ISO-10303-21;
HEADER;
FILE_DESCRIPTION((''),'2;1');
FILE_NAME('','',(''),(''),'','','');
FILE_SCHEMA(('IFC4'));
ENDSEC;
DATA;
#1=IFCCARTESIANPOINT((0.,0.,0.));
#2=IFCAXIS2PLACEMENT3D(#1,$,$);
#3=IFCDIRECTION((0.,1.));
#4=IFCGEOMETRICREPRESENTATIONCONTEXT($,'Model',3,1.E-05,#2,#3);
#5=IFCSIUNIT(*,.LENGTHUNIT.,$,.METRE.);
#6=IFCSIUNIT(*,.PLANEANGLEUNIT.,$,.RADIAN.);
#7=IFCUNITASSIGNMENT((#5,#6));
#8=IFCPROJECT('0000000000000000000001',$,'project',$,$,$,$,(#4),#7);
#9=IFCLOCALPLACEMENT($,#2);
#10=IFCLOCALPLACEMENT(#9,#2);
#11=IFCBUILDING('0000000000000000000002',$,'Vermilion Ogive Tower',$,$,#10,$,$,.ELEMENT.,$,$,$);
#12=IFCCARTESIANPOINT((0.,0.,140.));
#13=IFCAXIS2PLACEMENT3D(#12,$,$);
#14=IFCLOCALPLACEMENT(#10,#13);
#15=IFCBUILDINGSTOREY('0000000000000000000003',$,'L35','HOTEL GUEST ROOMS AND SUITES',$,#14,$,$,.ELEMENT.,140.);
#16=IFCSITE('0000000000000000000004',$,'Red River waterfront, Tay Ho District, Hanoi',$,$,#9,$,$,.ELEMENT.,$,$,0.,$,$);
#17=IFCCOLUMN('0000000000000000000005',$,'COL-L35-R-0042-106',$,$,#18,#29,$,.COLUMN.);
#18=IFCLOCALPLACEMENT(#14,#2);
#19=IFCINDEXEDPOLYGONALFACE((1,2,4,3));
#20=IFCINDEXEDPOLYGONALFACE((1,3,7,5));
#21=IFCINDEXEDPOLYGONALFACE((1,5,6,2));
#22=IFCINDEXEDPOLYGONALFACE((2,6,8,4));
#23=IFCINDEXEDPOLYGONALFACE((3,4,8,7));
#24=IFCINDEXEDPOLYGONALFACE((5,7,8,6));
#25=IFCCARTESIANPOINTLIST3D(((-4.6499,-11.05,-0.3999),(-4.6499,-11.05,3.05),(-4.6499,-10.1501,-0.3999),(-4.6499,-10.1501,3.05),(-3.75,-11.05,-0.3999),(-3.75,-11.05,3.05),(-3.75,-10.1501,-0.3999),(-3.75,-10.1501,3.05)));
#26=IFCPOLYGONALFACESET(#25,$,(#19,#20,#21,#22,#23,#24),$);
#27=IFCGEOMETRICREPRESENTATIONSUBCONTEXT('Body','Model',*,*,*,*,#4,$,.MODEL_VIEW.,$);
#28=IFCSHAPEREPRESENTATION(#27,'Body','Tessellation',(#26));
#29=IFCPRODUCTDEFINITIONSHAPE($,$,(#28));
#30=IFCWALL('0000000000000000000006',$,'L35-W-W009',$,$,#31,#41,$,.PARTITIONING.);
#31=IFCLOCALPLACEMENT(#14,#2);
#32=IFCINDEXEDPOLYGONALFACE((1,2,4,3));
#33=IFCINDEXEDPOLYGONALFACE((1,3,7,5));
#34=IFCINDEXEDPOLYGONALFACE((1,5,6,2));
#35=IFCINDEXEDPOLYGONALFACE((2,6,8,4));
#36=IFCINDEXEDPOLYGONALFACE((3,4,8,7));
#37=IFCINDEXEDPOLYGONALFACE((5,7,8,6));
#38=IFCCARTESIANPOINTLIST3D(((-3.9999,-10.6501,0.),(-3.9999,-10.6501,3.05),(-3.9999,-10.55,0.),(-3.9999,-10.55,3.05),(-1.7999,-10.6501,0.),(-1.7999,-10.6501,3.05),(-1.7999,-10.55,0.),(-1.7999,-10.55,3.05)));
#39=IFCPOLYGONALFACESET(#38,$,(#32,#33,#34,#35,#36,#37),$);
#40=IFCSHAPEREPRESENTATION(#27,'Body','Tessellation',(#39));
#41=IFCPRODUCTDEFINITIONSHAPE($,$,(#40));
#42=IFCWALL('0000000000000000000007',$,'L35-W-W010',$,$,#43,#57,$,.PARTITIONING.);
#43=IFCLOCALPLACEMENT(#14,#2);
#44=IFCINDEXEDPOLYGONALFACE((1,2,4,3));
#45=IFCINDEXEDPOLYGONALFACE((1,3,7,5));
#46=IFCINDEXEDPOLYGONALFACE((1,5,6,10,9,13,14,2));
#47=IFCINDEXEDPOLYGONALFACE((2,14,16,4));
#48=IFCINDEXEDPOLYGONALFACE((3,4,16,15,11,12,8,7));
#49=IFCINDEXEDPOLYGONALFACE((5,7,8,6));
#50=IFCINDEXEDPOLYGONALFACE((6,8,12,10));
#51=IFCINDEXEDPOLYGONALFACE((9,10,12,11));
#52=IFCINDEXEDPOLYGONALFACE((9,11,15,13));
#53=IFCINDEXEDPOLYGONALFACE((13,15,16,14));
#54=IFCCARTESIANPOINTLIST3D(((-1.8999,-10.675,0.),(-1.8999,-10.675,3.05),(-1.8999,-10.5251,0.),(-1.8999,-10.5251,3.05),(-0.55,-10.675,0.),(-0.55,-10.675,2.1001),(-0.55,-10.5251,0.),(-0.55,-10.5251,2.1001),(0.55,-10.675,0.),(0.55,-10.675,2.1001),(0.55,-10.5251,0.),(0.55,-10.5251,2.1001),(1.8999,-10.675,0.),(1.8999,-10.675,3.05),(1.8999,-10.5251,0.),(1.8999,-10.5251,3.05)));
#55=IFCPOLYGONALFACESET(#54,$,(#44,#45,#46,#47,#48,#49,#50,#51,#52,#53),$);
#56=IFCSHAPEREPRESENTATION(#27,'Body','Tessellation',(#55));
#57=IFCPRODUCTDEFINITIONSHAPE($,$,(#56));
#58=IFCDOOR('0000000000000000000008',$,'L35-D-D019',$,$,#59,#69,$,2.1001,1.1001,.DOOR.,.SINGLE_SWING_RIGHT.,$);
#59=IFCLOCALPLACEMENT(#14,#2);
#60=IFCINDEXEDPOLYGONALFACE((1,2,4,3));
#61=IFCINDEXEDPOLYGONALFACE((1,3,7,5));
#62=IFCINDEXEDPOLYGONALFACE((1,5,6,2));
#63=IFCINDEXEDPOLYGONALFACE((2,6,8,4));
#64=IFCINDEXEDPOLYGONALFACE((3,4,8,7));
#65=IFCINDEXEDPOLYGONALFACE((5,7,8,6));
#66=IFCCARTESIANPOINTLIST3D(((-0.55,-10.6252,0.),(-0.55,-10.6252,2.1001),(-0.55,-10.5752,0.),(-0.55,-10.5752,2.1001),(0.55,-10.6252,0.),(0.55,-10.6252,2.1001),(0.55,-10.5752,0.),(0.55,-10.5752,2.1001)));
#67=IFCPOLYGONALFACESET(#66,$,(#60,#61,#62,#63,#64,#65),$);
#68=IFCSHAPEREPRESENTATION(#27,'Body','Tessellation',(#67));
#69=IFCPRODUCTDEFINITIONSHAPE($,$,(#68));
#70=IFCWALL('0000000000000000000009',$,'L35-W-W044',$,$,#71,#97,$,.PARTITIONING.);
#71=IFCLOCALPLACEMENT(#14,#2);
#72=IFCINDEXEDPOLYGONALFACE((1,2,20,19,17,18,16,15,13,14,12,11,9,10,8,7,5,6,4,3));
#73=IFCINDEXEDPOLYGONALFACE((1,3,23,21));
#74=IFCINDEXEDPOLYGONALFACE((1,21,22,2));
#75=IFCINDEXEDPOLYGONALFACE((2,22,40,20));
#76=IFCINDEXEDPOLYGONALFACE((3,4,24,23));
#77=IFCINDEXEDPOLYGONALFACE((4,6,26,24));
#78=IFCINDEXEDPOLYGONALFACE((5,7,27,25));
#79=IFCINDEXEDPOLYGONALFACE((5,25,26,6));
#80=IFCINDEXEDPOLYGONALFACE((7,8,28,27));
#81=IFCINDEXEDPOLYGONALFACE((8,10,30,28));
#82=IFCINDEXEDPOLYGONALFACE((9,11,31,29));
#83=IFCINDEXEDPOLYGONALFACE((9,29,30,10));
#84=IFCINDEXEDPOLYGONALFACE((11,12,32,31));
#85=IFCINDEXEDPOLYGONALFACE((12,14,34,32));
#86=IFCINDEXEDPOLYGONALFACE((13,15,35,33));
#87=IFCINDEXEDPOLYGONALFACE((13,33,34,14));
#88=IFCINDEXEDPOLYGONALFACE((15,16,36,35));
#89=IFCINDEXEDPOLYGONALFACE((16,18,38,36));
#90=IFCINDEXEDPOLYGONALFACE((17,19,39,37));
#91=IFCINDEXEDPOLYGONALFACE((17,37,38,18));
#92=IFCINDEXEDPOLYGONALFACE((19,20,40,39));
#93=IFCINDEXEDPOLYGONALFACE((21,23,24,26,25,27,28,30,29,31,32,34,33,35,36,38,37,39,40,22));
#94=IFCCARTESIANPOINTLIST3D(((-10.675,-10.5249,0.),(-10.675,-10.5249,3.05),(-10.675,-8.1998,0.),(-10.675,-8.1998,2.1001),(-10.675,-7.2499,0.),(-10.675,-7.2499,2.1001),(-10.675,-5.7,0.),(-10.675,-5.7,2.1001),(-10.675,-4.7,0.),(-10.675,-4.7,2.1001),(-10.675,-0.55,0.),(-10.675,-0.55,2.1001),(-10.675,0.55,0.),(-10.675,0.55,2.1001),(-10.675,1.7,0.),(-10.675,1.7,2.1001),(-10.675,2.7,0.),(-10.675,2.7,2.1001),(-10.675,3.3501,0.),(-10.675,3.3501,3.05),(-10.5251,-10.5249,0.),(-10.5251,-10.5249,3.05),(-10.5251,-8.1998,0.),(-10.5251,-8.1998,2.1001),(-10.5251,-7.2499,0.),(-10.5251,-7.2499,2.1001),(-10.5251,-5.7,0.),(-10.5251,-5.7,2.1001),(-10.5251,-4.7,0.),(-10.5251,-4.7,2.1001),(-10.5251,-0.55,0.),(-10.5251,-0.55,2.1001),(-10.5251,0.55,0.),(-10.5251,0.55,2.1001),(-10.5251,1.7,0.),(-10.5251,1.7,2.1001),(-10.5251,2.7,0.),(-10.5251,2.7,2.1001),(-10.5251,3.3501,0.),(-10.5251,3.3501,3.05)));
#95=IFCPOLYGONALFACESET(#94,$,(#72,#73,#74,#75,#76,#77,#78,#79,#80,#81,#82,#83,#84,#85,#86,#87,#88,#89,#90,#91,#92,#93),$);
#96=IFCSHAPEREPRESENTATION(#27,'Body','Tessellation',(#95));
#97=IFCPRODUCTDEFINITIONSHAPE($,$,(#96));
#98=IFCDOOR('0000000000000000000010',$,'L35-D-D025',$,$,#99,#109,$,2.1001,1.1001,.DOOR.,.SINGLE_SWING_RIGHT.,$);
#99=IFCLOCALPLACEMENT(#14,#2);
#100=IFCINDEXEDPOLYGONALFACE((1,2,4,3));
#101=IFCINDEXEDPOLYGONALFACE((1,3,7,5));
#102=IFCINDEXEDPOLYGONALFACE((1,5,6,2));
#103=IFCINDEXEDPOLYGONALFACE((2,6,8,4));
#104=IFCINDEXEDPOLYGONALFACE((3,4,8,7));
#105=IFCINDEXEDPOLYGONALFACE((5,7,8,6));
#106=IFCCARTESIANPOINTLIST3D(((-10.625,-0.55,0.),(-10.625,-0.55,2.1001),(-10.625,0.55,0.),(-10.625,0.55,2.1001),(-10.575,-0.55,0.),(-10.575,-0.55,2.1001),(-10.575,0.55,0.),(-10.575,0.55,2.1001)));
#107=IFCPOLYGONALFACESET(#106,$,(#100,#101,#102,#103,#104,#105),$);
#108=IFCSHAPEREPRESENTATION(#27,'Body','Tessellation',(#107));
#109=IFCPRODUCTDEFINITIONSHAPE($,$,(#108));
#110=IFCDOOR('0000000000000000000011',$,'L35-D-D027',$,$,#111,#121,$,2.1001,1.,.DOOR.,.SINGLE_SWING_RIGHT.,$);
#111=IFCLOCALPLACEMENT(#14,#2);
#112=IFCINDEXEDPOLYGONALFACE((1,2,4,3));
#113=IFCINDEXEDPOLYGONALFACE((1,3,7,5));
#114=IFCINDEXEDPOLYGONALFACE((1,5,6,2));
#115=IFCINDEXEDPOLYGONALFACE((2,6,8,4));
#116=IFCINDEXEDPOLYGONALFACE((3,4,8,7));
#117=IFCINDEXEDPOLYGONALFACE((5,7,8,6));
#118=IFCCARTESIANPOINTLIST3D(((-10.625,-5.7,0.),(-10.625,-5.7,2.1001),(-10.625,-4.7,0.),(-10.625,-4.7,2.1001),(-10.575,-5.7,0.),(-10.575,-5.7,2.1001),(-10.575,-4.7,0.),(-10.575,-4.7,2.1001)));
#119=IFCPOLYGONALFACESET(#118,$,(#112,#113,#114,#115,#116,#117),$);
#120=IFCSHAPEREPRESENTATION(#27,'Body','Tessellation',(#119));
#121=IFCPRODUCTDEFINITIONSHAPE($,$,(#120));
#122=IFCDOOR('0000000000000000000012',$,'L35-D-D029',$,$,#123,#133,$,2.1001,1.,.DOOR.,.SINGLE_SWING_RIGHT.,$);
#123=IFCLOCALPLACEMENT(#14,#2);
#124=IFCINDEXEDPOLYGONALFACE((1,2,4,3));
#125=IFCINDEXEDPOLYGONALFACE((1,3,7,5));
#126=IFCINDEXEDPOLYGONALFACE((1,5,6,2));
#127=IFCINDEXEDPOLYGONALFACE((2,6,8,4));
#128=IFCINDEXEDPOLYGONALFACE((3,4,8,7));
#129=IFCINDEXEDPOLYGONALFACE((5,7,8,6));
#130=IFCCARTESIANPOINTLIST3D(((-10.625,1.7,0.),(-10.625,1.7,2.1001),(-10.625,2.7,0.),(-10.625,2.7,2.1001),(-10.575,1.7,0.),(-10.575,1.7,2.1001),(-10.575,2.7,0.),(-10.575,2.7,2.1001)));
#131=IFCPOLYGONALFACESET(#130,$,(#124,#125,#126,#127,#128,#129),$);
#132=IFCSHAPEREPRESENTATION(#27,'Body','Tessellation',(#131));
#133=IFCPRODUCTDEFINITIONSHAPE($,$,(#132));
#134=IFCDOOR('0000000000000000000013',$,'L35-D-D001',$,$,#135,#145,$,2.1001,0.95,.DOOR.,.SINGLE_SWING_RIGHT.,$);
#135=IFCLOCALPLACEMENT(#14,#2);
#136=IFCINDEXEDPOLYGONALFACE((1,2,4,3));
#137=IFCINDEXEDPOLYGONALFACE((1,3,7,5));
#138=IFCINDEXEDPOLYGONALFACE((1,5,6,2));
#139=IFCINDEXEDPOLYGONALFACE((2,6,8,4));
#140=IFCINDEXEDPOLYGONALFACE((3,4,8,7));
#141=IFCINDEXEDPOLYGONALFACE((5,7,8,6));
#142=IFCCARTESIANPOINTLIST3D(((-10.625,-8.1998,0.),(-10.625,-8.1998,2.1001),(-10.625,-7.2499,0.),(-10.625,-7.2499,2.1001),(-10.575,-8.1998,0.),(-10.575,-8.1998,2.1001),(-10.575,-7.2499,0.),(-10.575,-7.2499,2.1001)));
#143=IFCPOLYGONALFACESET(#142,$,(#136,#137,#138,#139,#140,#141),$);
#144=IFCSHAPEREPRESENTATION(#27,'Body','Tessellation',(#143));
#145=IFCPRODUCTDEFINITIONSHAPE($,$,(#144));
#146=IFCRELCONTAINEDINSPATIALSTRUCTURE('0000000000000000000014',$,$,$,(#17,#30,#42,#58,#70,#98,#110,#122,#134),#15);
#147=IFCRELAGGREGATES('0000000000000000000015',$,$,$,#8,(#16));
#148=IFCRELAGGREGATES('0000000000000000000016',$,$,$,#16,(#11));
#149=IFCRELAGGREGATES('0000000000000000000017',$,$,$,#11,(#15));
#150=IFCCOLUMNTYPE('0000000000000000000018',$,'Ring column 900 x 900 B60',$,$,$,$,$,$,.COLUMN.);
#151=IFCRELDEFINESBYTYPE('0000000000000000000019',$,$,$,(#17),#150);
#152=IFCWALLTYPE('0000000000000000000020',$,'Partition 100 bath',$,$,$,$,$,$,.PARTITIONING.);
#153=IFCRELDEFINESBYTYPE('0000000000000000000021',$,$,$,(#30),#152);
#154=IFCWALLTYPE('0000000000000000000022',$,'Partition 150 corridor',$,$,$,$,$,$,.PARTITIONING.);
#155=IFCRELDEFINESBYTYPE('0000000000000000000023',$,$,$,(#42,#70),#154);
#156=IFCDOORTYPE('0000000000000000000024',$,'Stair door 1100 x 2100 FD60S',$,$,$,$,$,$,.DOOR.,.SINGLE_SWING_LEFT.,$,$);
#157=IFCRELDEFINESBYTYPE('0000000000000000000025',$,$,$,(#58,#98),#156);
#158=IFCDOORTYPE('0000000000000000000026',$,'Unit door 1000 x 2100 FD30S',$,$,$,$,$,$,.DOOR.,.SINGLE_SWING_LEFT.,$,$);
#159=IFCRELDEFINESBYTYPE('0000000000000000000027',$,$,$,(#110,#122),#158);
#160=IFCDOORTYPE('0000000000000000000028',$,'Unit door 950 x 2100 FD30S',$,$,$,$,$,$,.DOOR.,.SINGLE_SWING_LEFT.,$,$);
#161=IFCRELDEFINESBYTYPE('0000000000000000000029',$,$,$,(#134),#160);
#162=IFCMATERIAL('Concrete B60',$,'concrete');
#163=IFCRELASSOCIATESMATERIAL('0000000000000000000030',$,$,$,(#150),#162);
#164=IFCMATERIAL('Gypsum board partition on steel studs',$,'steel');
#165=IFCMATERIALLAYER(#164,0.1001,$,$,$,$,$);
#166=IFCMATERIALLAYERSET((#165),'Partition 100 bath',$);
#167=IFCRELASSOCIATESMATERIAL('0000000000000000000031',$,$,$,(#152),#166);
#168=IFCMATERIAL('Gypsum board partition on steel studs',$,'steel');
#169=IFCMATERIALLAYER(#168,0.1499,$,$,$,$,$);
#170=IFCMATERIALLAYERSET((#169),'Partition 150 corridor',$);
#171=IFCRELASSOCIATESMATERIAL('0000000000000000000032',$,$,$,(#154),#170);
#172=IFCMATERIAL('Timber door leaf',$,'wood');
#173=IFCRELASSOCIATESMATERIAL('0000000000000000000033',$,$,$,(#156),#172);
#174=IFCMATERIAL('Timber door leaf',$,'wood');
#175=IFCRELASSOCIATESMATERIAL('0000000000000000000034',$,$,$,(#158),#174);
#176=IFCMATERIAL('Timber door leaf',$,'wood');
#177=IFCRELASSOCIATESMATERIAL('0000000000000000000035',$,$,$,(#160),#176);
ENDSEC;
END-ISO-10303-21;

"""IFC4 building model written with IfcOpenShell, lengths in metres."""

from ifc_helpers import new_model, si_unit, direction, frame, frame_2d, origin, origin_2d, place, context, subcontext, project, spatial, rectangle, extrude, material, layer, layer_set, material_profile, profile_set, type_object, element, fill, save


model = new_model("IFC4")

# Units and contexts
model_context = context("Model", 3, precision=1e-05, world=origin(), true_north=direction((0.0, 1.0)))
body_context = subcontext(model_context, "Body", "Model", "MODEL_VIEW")
ifc_project = project(units=[si_unit("LENGTHUNIT", "METRE"), si_unit("PLANEANGLEUNIT", "RADIAN")], contexts=[model_context])

# Site, building, storey
site_placement = place(None, origin())
site = spatial("IfcSite", under=ifc_project, at=site_placement, Name="Red River waterfront, Tay Ho District, Hanoi", CompositionType="ELEMENT", RefElevation=0.0)
building_placement = place(site_placement, origin())
building = spatial("IfcBuilding", under=site, at=building_placement, Name="Vermilion Ogive Tower", CompositionType="ELEMENT")
storey_placement = place(building_placement, frame((0.0, 0.0, 140.0)))
storey = spatial("IfcBuildingStorey", under=building, at=storey_placement, Name="L35", Description="HOTEL GUEST ROOMS AND SUITES", CompositionType="ELEMENT", Elevation=140.0)

# Column
ifc_material_1 = material(Name="Concrete B60", Category="concrete")
ifc_material_profile = material_profile(ifc_material_1, rectangle(XDim=0.8999, YDim=0.8999, at=origin_2d()), Name="900 x 900")
ifc_profile_set = profile_set([ifc_material_profile], Name="Concrete B60")
column_type = type_object("IfcColumnType", Name="Ring column 900 x 900 B60", PredefinedType="COLUMN", material=ifc_profile_set)
column_placement = place(storey_placement, frame((-4.2, -10.6001, -0.3999), z_axis=(0.0, 0.0, 1.0), x_axis=(1.0, 0.0, 0.0)))
element("IfcColumn", 1, at=column_placement, inside=storey, type_object=column_type, Name="COL-L35-R-0042-106", PredefinedType="COLUMN", context=body_context, shape_type="SweptSolid", body=[
    extrude(rectangle(XDim=0.8999, YDim=0.8999, at=origin_2d()), origin(), (0.0, 0.0, 1.0), 3.45),
])

# Wall
ifc_material_2 = material(Name="Gypsum board partition on steel studs", Category="steel")
ifc_layer_1 = layer(ifc_material_2, 0.1001)
ifc_layer_set_1 = layer_set([ifc_layer_1], Name="Partition 100 bath")
wall_type_1 = type_object("IfcWallType", Name="Partition 100 bath", PredefinedType="PARTITIONING", material=ifc_layer_set_1)
wall_1_placement = place(storey_placement, frame((-4.0, -10.6001, 0.0), z_axis=(0.0, 0.0, 1.0), x_axis=(1.0, 0.0, 0.0)))
element("IfcWall", 2, at=wall_1_placement, inside=storey, type_object=wall_type_1, Name="L35-W-W009", PredefinedType="PARTITIONING", context=body_context, shape_type="SweptSolid", body=[
    extrude(rectangle(XDim=2.2, YDim=0.1001, at=frame_2d((1.1001, 0.0))), origin(), (0.0, 0.0, 1.0), 3.05),
])

# Wall, opening, door
ifc_material_3 = material(Name="Gypsum board partition on steel studs", Category="steel")
ifc_layer_2 = layer(ifc_material_3, 0.1499)
ifc_layer_set_2 = layer_set([ifc_layer_2], Name="Partition 150 corridor")
wall_type_2 = type_object("IfcWallType", Name="Partition 150 corridor", PredefinedType="PARTITIONING", material=ifc_layer_set_2)
wall_2_placement = place(storey_placement, frame((-1.8999, -10.6001, 0.0), z_axis=(0.0, 0.0, 1.0), x_axis=(1.0, 0.0, 0.0)))
wall_2 = element("IfcWall", 3, at=wall_2_placement, inside=storey, type_object=wall_type_2, Name="L35-W-W010", PredefinedType="PARTITIONING", context=body_context, shape_type="SweptSolid", body=[
    extrude(rectangle(XDim=3.7998, YDim=0.1499, at=frame_2d((1.8999, 0.0))), origin(), (0.0, 0.0, 1.0), 3.05),
])
opening_1_placement = place(wall_2_placement, frame((1.3499, 0.0, 0.0)))
opening_1 = element("IfcOpeningElement", 4, at=opening_1_placement, cuts=wall_2, PredefinedType="OPENING", context=body_context, shape_type="SweptSolid", body=[
    extrude(rectangle(XDim=1.1001, YDim=2.1001, at=frame_2d((0.55, 1.05))), frame((0.0, 0.085, 0.0), z_axis=(0.0, -1.0, 0.0), x_axis=(1.0, 0.0, 0.0)), (0.0, 0.0, 1.0), 0.1699),
])
ifc_material_4 = material(Name="Timber door leaf", Category="wood")
door_type_1 = type_object("IfcDoorType", Name="Stair door 1100 x 2100 FD60S", OperationType="SINGLE_SWING_LEFT", PredefinedType="DOOR", material=ifc_material_4)
door_1_placement = place(opening_1_placement, origin())
door_1 = element("IfcDoor", 5, at=door_1_placement, inside=storey, type_object=door_type_1, Name="L35-D-D019", OperationType="SINGLE_SWING_RIGHT", OverallHeight=2.1001, OverallWidth=1.1001, PredefinedType="DOOR", context=body_context, shape_type="SweptSolid", body=[
    extrude(rectangle(XDim=1.1001, YDim=2.1001, at=frame_2d((0.55, 1.05))), frame((0.0, 0.0249, 0.0), z_axis=(0.0, -1.0, 0.0), x_axis=(1.0, 0.0, 0.0)), (0.0, 0.0, 1.0), 0.05),
])
fill(opening_1, door_1)

# Wall, openings, doors
wall_3_placement = place(storey_placement, frame((-10.6001, -10.5249, 0.0), z_axis=(0.0, 0.0, 1.0), x_axis=(0.0, 1.0, 0.0)))
wall_3 = element("IfcWall", 6, at=wall_3_placement, inside=storey, type_object=wall_type_2, Name="L35-W-W044", PredefinedType="PARTITIONING", context=body_context, shape_type="SweptSolid", body=[
    extrude(rectangle(XDim=13.875, YDim=0.1499, at=frame_2d((6.9375, 0.0))), origin(), (0.0, 0.0, 1.0), 3.05),
])
opening_2_placement = place(wall_3_placement, frame((2.325, 0.0, 0.0)))
opening_2 = element("IfcOpeningElement", 7, at=opening_2_placement, cuts=wall_3, PredefinedType="OPENING", context=body_context, shape_type="SweptSolid", body=[
    extrude(rectangle(XDim=0.95, YDim=2.1001, at=frame_2d((0.4751, 1.05))), frame((0.0, 0.085, 0.0), z_axis=(0.0, -1.0, 0.0), x_axis=(1.0, 0.0, 0.0)), (0.0, 0.0, 1.0), 0.1699),
])
opening_3_placement = place(wall_3_placement, frame((9.9749, 0.0, 0.0)))
opening_3 = element("IfcOpeningElement", 8, at=opening_3_placement, cuts=wall_3, PredefinedType="OPENING", context=body_context, shape_type="SweptSolid", body=[
    extrude(rectangle(XDim=1.1001, YDim=2.1001, at=frame_2d((0.55, 1.05))), frame((0.0, 0.085, 0.0), z_axis=(0.0, -1.0, 0.0), x_axis=(1.0, 0.0, 0.0)), (0.0, 0.0, 1.0), 0.1699),
])
opening_4_placement = place(wall_3_placement, frame((4.825, 0.0, 0.0)))
opening_4 = element("IfcOpeningElement", 9, at=opening_4_placement, cuts=wall_3, PredefinedType="OPENING", context=body_context, shape_type="SweptSolid", body=[
    extrude(rectangle(XDim=1.0, YDim=2.1001, at=frame_2d((0.5, 1.05))), frame((0.0, 0.085, 0.0), z_axis=(0.0, -1.0, 0.0), x_axis=(1.0, 0.0, 0.0)), (0.0, 0.0, 1.0), 0.1699),
])
opening_5_placement = place(wall_3_placement, frame((12.2249, 0.0, 0.0)))
opening_5 = element("IfcOpeningElement", 10, at=opening_5_placement, cuts=wall_3, PredefinedType="OPENING", context=body_context, shape_type="SweptSolid", body=[
    extrude(rectangle(XDim=1.0, YDim=2.1001, at=frame_2d((0.5, 1.05))), frame((0.0, 0.085, 0.0), z_axis=(0.0, -1.0, 0.0), x_axis=(1.0, 0.0, 0.0)), (0.0, 0.0, 1.0), 0.1699),
])
door_2_placement = place(opening_3_placement, origin())
door_2 = element("IfcDoor", 11, at=door_2_placement, inside=storey, type_object=door_type_1, Name="L35-D-D025", OperationType="SINGLE_SWING_RIGHT", OverallHeight=2.1001, OverallWidth=1.1001, PredefinedType="DOOR", context=body_context, shape_type="SweptSolid", body=[
    extrude(rectangle(XDim=1.1001, YDim=2.1001, at=frame_2d((0.55, 1.05))), frame((0.0, 0.0249, 0.0), z_axis=(0.0, -1.0, 0.0), x_axis=(1.0, 0.0, 0.0)), (0.0, 0.0, 1.0), 0.05),
])
fill(opening_3, door_2)
ifc_material_5 = material(Name="Timber door leaf", Category="wood")
door_type_2 = type_object("IfcDoorType", Name="Unit door 1000 x 2100 FD30S", OperationType="SINGLE_SWING_LEFT", PredefinedType="DOOR", material=ifc_material_5)
door_3_placement = place(opening_4_placement, origin())
door_3 = element("IfcDoor", 12, at=door_3_placement, inside=storey, type_object=door_type_2, Name="L35-D-D027", OperationType="SINGLE_SWING_RIGHT", OverallHeight=2.1001, OverallWidth=1.0, PredefinedType="DOOR", context=body_context, shape_type="SweptSolid", body=[
    extrude(rectangle(XDim=1.0, YDim=2.1001, at=frame_2d((0.5, 1.05))), frame((0.0, 0.0249, 0.0), z_axis=(0.0, -1.0, 0.0), x_axis=(1.0, 0.0, 0.0)), (0.0, 0.0, 1.0), 0.05),
])
fill(opening_4, door_3)
door_4_placement = place(opening_5_placement, origin())
door_4 = element("IfcDoor", 13, at=door_4_placement, inside=storey, type_object=door_type_2, Name="L35-D-D029", OperationType="SINGLE_SWING_RIGHT", OverallHeight=2.1001, OverallWidth=1.0, PredefinedType="DOOR", context=body_context, shape_type="SweptSolid", body=[
    extrude(rectangle(XDim=1.0, YDim=2.1001, at=frame_2d((0.5, 1.05))), frame((0.0, 0.0249, 0.0), z_axis=(0.0, -1.0, 0.0), x_axis=(1.0, 0.0, 0.0)), (0.0, 0.0, 1.0), 0.05),
])
fill(opening_5, door_4)
ifc_material_6 = material(Name="Timber door leaf", Category="wood")
door_type_3 = type_object("IfcDoorType", Name="Unit door 950 x 2100 FD30S", OperationType="SINGLE_SWING_LEFT", PredefinedType="DOOR", material=ifc_material_6)
door_5_placement = place(opening_2_placement, origin())
door_5 = element("IfcDoor", 14, at=door_5_placement, inside=storey, type_object=door_type_3, Name="L35-D-D001", OperationType="SINGLE_SWING_RIGHT", OverallHeight=2.1001, OverallWidth=0.95, PredefinedType="DOOR", context=body_context, shape_type="SweptSolid", body=[
    extrude(rectangle(XDim=0.95, YDim=2.1001, at=frame_2d((0.4751, 1.05))), frame((0.0, 0.0249, 0.0), z_axis=(0.0, -1.0, 0.0), x_axis=(1.0, 0.0, 0.0)), (0.0, 0.0, 1.0), 0.05),
])
fill(opening_2, door_5)

save(model, "model.ifc")
